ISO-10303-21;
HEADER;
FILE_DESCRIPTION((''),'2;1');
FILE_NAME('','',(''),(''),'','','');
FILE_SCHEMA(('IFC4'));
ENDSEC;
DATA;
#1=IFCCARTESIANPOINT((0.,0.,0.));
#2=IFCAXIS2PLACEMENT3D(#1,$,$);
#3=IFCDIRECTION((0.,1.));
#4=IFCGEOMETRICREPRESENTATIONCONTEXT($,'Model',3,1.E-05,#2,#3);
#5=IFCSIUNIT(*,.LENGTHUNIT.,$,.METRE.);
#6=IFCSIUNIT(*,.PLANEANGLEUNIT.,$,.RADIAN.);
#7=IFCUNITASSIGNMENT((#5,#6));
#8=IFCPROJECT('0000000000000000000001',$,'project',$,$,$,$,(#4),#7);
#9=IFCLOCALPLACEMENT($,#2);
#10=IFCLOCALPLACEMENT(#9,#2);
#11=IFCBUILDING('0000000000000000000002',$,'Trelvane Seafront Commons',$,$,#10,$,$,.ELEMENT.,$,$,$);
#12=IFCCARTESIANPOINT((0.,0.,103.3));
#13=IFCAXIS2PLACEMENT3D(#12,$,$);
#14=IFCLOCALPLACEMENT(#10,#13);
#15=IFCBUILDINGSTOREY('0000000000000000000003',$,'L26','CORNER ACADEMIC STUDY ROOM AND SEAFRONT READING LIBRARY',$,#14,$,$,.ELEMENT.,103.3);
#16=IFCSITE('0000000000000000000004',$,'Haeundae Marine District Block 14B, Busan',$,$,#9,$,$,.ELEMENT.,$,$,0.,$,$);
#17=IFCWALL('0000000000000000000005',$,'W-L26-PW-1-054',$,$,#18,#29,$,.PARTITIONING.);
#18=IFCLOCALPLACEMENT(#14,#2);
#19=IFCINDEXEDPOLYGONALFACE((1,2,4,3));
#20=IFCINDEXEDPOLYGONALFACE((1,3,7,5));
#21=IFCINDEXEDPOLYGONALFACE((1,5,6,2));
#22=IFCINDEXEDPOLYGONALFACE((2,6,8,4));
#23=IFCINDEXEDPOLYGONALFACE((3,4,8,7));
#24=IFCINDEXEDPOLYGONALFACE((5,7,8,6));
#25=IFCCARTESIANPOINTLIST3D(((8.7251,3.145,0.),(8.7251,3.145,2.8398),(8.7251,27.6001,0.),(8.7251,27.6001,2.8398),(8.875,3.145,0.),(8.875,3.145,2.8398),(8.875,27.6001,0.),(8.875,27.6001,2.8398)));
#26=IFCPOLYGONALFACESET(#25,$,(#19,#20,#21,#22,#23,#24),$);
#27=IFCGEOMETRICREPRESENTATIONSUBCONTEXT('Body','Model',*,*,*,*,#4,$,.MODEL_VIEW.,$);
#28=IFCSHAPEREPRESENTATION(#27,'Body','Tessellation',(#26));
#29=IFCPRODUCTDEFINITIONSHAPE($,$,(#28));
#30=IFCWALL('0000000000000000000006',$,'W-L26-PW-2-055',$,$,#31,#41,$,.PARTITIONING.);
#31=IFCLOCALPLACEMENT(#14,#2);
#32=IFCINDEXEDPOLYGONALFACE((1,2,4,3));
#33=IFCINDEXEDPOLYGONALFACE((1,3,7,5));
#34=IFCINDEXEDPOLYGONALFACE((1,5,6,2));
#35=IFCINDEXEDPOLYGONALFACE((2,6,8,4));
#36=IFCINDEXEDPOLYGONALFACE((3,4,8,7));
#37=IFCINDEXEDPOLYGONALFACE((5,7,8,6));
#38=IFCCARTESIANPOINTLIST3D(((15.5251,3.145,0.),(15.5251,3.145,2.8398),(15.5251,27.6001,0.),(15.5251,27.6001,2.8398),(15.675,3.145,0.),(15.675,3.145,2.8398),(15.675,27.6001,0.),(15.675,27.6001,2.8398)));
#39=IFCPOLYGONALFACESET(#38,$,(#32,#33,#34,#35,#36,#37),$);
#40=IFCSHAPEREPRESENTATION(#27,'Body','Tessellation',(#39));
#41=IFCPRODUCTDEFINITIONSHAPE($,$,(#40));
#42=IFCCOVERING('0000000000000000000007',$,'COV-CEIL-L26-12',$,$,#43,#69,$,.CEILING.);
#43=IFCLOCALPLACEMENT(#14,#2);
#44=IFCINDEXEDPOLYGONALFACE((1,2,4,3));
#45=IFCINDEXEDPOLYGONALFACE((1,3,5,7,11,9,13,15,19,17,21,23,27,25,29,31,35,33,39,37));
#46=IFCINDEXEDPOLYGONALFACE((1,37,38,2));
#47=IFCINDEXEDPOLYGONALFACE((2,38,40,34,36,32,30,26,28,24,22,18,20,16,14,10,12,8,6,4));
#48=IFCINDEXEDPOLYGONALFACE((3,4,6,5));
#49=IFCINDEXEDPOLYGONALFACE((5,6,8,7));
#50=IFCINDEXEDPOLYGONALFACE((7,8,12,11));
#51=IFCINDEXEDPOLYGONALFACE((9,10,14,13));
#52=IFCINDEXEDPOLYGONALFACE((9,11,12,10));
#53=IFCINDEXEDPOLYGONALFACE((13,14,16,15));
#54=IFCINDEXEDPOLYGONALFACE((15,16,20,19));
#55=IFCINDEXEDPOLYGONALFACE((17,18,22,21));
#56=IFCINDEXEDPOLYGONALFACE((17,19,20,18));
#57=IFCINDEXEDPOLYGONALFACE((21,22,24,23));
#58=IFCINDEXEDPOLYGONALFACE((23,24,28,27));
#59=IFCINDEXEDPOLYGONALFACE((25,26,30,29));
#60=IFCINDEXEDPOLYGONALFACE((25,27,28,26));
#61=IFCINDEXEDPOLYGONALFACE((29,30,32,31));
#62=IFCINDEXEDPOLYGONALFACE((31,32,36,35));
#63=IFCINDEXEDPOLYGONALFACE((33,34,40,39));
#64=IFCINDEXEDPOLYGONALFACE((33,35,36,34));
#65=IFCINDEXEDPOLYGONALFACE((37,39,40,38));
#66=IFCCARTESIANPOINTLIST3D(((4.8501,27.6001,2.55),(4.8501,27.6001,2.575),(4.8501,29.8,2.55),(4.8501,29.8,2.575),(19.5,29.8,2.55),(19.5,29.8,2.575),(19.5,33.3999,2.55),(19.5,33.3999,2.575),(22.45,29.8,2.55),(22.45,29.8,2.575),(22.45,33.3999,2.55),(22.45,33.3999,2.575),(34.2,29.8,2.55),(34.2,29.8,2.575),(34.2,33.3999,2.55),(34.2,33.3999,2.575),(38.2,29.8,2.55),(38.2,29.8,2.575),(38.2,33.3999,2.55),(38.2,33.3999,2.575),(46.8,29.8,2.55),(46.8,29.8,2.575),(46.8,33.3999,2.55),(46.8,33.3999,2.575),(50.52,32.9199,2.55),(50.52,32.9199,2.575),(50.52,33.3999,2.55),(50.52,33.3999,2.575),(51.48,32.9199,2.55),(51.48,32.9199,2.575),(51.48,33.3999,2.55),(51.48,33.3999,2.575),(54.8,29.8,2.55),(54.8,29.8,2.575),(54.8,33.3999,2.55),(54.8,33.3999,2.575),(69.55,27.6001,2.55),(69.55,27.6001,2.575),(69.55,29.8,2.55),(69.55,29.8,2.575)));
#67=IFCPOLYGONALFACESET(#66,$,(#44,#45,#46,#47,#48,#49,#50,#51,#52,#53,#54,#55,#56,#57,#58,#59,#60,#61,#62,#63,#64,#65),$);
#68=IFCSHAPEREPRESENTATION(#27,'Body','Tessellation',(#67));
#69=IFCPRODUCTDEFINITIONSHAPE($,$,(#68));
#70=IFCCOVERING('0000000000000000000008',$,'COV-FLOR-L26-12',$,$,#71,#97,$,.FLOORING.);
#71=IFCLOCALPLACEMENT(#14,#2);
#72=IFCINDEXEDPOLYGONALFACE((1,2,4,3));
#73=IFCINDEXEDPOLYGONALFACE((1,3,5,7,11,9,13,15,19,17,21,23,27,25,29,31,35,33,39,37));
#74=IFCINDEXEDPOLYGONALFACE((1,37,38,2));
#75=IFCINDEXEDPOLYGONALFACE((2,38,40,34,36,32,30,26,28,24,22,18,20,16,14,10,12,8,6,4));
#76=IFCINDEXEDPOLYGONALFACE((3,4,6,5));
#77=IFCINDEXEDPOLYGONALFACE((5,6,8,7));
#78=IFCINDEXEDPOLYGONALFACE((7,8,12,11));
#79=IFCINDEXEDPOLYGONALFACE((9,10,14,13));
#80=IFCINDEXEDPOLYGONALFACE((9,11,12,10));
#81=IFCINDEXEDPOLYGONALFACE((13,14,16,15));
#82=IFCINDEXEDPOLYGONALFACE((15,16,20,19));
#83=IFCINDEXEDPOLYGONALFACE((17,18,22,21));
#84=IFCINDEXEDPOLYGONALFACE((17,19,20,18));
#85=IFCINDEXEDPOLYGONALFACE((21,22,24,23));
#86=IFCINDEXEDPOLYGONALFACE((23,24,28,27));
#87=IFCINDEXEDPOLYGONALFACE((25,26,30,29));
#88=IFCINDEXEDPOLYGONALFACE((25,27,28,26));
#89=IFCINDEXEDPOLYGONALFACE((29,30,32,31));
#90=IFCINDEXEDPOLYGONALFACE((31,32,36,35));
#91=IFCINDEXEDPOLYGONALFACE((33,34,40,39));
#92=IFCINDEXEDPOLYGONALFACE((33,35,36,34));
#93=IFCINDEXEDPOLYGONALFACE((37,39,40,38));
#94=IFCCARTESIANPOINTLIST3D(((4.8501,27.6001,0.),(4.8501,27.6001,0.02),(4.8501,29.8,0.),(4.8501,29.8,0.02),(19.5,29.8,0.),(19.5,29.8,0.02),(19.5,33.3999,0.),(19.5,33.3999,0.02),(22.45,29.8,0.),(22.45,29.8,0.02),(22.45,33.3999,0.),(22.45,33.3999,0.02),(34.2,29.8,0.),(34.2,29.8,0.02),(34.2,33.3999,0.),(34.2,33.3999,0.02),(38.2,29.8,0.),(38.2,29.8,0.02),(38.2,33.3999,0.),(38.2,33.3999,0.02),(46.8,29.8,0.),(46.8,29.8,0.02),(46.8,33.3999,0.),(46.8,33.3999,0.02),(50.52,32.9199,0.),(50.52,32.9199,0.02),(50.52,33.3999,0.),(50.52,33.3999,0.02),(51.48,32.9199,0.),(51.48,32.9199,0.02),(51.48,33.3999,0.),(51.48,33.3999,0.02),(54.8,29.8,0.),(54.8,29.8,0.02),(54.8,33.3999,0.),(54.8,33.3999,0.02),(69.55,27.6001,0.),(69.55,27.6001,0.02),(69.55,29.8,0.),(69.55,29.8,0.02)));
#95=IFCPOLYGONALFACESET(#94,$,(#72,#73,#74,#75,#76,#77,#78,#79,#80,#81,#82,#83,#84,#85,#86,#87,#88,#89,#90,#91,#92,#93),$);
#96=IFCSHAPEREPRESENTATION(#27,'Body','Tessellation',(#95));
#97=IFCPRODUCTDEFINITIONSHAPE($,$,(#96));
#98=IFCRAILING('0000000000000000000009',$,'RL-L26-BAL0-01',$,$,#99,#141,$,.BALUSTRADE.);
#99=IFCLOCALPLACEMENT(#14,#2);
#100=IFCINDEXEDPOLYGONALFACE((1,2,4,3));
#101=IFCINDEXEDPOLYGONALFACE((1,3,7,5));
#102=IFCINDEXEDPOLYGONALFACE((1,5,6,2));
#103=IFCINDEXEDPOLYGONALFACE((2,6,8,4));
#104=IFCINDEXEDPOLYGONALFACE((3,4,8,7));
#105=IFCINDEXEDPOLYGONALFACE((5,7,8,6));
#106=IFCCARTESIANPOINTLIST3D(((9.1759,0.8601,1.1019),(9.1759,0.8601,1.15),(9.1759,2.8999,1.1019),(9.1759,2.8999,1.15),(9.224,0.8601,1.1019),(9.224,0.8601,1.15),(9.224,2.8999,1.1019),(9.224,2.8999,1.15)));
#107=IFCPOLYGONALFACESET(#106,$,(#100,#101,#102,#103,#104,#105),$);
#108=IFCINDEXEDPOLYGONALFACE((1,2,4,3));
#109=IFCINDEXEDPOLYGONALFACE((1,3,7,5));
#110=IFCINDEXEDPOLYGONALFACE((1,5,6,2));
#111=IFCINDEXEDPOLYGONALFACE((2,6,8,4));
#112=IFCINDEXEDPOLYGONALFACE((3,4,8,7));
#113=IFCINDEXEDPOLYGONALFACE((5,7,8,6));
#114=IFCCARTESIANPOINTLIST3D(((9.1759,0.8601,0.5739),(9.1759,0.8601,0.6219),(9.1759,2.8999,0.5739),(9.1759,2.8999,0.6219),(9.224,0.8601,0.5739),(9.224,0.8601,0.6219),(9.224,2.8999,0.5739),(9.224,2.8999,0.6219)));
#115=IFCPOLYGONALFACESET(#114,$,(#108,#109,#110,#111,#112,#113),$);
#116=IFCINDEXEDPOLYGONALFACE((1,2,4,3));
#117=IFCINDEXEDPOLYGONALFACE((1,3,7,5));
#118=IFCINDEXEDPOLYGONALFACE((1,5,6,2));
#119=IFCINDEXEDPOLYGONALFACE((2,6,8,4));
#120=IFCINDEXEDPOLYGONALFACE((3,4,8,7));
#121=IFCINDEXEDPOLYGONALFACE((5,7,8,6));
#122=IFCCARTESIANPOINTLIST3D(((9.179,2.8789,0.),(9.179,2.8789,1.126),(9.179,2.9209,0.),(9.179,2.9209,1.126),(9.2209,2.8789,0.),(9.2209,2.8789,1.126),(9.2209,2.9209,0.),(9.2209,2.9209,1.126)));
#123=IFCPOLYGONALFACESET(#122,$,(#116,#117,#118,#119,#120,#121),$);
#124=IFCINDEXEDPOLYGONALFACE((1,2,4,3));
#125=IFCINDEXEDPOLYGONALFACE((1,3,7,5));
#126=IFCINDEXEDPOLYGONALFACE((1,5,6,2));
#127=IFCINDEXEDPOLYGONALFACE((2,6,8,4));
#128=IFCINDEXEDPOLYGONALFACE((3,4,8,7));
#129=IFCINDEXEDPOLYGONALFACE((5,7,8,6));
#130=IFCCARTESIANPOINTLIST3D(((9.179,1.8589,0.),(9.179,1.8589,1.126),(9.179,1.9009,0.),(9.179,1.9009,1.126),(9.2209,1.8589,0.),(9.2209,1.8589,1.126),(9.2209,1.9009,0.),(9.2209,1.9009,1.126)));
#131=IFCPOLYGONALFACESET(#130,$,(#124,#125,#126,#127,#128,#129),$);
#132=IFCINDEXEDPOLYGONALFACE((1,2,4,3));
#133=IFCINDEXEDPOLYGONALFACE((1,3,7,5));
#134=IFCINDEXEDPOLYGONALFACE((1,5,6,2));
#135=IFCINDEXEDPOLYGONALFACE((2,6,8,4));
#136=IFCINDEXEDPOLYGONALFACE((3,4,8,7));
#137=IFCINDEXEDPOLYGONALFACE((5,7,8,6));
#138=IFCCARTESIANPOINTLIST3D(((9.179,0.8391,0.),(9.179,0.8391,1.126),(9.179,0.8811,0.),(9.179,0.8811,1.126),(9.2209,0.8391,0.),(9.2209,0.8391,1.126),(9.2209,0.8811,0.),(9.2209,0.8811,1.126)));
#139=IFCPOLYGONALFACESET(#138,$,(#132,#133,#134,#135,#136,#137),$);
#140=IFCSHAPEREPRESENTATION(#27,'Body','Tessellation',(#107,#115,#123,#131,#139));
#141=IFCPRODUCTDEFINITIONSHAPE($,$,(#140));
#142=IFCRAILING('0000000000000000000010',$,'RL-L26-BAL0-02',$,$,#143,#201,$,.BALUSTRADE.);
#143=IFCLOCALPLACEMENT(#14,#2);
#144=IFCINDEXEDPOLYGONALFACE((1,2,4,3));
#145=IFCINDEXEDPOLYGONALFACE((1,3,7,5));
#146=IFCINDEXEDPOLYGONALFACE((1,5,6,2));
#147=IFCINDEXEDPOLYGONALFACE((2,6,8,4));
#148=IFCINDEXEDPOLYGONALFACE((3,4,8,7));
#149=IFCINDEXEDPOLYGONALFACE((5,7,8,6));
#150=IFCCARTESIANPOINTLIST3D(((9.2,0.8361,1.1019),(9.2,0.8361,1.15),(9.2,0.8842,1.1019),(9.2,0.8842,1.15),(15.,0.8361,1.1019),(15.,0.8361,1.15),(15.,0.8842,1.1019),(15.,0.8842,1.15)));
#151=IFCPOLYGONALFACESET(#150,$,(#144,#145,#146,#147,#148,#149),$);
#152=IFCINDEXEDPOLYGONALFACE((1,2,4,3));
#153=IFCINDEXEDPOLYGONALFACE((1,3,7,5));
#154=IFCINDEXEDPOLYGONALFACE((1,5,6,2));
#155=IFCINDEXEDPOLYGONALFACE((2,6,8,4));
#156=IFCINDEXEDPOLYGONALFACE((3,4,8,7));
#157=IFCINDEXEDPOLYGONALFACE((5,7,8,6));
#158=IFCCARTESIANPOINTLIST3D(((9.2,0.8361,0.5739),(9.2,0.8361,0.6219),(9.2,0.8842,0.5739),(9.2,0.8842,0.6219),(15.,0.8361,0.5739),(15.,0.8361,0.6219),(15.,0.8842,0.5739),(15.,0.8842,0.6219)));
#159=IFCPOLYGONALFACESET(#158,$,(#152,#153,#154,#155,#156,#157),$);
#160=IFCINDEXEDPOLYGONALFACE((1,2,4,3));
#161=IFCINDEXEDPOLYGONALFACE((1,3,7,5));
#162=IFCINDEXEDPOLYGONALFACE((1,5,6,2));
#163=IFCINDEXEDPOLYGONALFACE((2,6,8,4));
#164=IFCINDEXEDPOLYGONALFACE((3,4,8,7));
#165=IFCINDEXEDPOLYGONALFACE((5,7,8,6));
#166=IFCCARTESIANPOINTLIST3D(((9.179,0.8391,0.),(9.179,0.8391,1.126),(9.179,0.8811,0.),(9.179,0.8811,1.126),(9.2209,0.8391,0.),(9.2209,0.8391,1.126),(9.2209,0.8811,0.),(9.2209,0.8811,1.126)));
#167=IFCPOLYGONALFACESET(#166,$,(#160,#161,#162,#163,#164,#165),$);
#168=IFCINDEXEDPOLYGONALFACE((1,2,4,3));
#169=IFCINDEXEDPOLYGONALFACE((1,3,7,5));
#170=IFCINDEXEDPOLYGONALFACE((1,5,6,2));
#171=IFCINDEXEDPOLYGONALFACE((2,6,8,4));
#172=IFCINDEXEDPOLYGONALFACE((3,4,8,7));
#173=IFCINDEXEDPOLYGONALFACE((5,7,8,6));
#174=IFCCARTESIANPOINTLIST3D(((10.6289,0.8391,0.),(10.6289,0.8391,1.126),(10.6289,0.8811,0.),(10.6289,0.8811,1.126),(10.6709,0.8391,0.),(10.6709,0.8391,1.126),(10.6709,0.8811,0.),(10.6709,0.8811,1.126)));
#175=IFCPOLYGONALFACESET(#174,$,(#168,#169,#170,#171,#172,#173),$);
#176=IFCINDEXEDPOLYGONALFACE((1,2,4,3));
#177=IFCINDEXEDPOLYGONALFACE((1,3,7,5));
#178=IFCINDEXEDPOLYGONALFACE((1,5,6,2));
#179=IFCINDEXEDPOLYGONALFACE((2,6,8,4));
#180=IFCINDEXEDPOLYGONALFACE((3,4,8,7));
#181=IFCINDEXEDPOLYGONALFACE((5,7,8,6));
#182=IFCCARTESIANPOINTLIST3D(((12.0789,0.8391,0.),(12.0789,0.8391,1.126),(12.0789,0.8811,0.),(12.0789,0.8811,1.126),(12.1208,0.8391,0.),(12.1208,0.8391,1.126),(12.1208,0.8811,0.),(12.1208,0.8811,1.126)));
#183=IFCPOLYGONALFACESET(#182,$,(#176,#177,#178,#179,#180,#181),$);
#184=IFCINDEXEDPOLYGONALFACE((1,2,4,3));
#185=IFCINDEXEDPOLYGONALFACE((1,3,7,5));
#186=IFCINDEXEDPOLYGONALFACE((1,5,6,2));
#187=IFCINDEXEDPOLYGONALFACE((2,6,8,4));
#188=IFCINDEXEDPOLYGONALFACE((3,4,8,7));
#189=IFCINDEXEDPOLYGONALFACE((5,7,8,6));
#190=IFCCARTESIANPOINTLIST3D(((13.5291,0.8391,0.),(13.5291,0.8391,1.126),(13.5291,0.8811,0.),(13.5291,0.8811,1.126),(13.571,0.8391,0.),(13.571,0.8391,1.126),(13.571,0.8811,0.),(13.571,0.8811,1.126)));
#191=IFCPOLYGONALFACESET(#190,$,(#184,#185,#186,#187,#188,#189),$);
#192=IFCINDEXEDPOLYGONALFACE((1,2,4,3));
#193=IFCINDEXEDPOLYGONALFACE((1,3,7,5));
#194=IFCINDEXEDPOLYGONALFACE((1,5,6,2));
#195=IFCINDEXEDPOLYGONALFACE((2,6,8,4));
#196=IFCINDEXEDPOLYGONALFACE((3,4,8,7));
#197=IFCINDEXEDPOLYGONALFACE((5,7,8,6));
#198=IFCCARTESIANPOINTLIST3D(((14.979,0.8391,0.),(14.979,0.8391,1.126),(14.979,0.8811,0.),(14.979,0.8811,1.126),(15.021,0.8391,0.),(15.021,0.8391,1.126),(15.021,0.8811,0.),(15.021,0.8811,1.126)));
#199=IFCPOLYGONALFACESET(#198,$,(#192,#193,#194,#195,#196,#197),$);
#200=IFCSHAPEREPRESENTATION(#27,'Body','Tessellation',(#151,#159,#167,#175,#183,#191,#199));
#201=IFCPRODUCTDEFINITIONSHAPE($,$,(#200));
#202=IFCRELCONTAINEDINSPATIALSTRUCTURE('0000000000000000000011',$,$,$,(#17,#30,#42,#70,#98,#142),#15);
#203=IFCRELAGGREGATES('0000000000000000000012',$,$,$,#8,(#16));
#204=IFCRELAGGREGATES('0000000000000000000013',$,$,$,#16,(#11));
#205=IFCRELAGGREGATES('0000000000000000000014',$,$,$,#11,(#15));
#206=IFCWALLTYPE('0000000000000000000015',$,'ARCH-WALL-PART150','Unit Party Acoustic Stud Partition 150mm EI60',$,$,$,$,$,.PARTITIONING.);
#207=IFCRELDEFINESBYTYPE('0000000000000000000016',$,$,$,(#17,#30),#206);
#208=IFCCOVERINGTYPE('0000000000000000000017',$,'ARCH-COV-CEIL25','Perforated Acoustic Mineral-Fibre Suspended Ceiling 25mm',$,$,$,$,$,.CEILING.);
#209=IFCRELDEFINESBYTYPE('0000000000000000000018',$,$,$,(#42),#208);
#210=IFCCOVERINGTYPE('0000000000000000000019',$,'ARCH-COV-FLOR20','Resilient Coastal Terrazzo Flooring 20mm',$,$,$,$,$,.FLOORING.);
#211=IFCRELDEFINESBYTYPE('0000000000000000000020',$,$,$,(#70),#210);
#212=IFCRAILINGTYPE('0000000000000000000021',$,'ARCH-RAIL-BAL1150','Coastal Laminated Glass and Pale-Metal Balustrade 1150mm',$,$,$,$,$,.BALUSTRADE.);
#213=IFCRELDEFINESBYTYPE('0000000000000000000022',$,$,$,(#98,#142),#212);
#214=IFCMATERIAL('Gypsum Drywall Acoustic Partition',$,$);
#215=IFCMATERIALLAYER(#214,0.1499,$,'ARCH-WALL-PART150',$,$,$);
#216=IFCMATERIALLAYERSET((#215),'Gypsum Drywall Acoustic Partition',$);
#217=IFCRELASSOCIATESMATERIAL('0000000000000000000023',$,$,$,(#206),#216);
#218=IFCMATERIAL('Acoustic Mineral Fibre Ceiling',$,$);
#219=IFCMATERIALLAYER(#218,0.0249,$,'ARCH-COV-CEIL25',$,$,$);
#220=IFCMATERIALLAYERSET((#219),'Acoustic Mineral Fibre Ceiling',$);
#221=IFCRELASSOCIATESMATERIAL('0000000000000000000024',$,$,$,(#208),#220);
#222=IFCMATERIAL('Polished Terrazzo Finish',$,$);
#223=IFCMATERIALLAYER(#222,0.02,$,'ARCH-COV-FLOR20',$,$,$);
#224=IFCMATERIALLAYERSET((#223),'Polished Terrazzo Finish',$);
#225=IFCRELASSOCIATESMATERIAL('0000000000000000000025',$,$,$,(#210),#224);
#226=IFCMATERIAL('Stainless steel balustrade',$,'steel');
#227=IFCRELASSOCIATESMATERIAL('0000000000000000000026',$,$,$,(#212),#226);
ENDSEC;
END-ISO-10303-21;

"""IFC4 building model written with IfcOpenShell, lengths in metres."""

from ifc_helpers import new_model, si_unit, direction, frame, frame_2d, origin, origin_2d, place, context, subcontext, project, spatial, polyline, rectangle, outline, extrude, material, layer, layer_set, type_object, element, save


model = new_model("IFC4")

# Units and contexts
model_context = context("Model", 3, precision=1e-05, world=origin(), true_north=direction((0.0, 1.0)))
body_context = subcontext(model_context, "Body", "Model", "MODEL_VIEW")
ifc_project = project(units=[si_unit("LENGTHUNIT", "METRE"), si_unit("PLANEANGLEUNIT", "RADIAN")], contexts=[model_context])

# Site, building, storey
site_placement = place(None, origin())
site = spatial("IfcSite", under=ifc_project, at=site_placement, Name="Haeundae Marine District Block 14B, Busan", CompositionType="ELEMENT", RefElevation=0.0)
building_placement = place(site_placement, origin())
building = spatial("IfcBuilding", under=site, at=building_placement, Name="Trelvane Seafront Commons", CompositionType="ELEMENT")
storey_placement = place(building_placement, frame((0.0, 0.0, 103.3)))
storey = spatial("IfcBuildingStorey", under=building, at=storey_placement, Name="L26", Description="CORNER ACADEMIC STUDY ROOM AND SEAFRONT READING LIBRARY", CompositionType="ELEMENT", Elevation=103.3)

# Walls
ifc_material_1 = material(Name="Gypsum Drywall Acoustic Partition")
ifc_layer_1 = layer(ifc_material_1, 0.1499, Name="ARCH-WALL-PART150")
ifc_layer_set_1 = layer_set([ifc_layer_1], Name="Gypsum Drywall Acoustic Partition")
wall_type_1 = type_object("IfcWallType", Name="ARCH-WALL-PART150", Description="Unit Party Acoustic Stud Partition 150mm EI60", PredefinedType="PARTITIONING", material=ifc_layer_set_1)
for number, where, z_axis, x_axis, name in (
    (1, (8.8, 3.145, 0.0), (0.0, 0.0, 1.0), (0.0, 1.0, 0.0), "W-L26-PW-1-054"),
    (2, (15.6001, 3.145, 0.0), (0.0, 0.0, 1.0), (0.0, 1.0, 0.0), "W-L26-PW-2-055"),
):
    element("IfcWall", number, at=place(storey_placement, frame(where, z_axis=z_axis, x_axis=x_axis)), inside=storey, type_object=wall_type_1, Name=name, PredefinedType="PARTITIONING", context=body_context, shape_type="SweptSolid", body=[
        extrude(rectangle(XDim=24.4551, YDim=0.1499, at=frame_2d((12.2275, 0.0))), origin(), (0.0, 0.0, 1.0), 2.8398),
    ])

# Coverings
ifc_material_2 = material(Name="Acoustic Mineral Fibre Ceiling")
ifc_layer_2 = layer(ifc_material_2, 0.0249, Name="ARCH-COV-CEIL25")
ifc_layer_set_2 = layer_set([ifc_layer_2], Name="Acoustic Mineral Fibre Ceiling")
covering_type_1 = type_object("IfcCoveringType", Name="ARCH-COV-CEIL25", Description="Perforated Acoustic Mineral-Fibre Suspended Ceiling 25mm", PredefinedType="CEILING", material=ifc_layer_set_2)
covering_1_placement = place(storey_placement, frame((0.0, 0.0, 2.55)))
element("IfcCovering", 3, at=covering_1_placement, inside=storey, type_object=covering_type_1, Name="COV-CEIL-L26-12", PredefinedType="CEILING", context=body_context, shape_type="SweptSolid", body=[
    extrude(outline(polyline([(51.48, 33.3999), (51.48, 32.9199), (50.52, 32.9199), (50.52, 33.3999), (46.8, 33.3999), (46.8, 29.8), (38.2, 29.8), (38.2, 33.3999), (34.2, 33.3999), (34.2, 29.8), (22.45, 29.8), (22.45, 33.3999), (19.5, 33.3999), (19.5, 29.8), (4.8501, 29.8), (4.8501, 27.6001), (69.55, 27.6001), (69.55, 29.8), (54.8, 29.8), (54.8, 33.3999), (51.48, 33.3999)])), origin(), (0.0, 0.0, 1.0), 0.0249),
])
ifc_material_3 = material(Name="Polished Terrazzo Finish")
ifc_layer_3 = layer(ifc_material_3, 0.02, Name="ARCH-COV-FLOR20")
ifc_layer_set_3 = layer_set([ifc_layer_3], Name="Polished Terrazzo Finish")
covering_type_2 = type_object("IfcCoveringType", Name="ARCH-COV-FLOR20", Description="Resilient Coastal Terrazzo Flooring 20mm", PredefinedType="FLOORING", material=ifc_layer_set_3)
covering_2_placement = place(storey_placement, origin())
element("IfcCovering", 4, at=covering_2_placement, inside=storey, type_object=covering_type_2, Name="COV-FLOR-L26-12", PredefinedType="FLOORING", context=body_context, shape_type="SweptSolid", body=[
    extrude(outline(polyline([(51.48, 33.3999), (51.48, 32.9199), (50.52, 32.9199), (50.52, 33.3999), (46.8, 33.3999), (46.8, 29.8), (38.2, 29.8), (38.2, 33.3999), (34.2, 33.3999), (34.2, 29.8), (22.45, 29.8), (22.45, 33.3999), (19.5, 33.3999), (19.5, 29.8), (4.8501, 29.8), (4.8501, 27.6001), (69.55, 27.6001), (69.55, 29.8), (54.8, 29.8), (54.8, 33.3999), (51.48, 33.3999)])), origin(), (0.0, 0.0, 1.0), 0.02),
])

# Railings
ifc_material_4 = material(Name="Stainless steel balustrade", Category="steel")
railing_type = type_object("IfcRailingType", Name="ARCH-RAIL-BAL1150", Description="Coastal Laminated Glass and Pale-Metal Balustrade 1150mm", PredefinedType="BALUSTRADE", material=ifc_material_4)
railing_1_placement = place(storey_placement, frame((9.2, 2.8999, 0.0)))
element("IfcRailing", 5, at=railing_1_placement, inside=storey, type_object=railing_type, Name="RL-L26-BAL0-01", PredefinedType="BALUSTRADE", context=body_context, shape_type="SweptSolid", body=[
    extrude(rectangle(XDim=0.0481, YDim=0.0481, at=origin_2d()), frame((0.0, 0.0, 1.126), z_axis=(0.0, -1.0, 0.0), x_axis=(1.0, 0.0, 0.0)), (0.0, 0.0, 1.0), 2.0398),
    extrude(rectangle(XDim=0.0481, YDim=0.0481, at=origin_2d()), frame((0.0, 0.0, 0.5979), z_axis=(0.0, -1.0, 0.0), x_axis=(1.0, 0.0, 0.0)), (0.0, 0.0, 1.0), 2.0398),
    extrude(rectangle(XDim=0.042, YDim=0.042, at=origin_2d()), origin(), (0.0, 0.0, 1.0), 1.126),
    extrude(rectangle(XDim=0.042, YDim=0.042, at=origin_2d()), frame((0.0, -1.02, 0.0)), (0.0, 0.0, 1.0), 1.126),
    extrude(rectangle(XDim=0.042, YDim=0.042, at=origin_2d()), frame((0.0, -2.0398, 0.0)), (0.0, 0.0, 1.0), 1.126),
])
railing_2_placement = place(storey_placement, frame((9.2, 0.8601, 0.0)))
element("IfcRailing", 6, at=railing_2_placement, inside=storey, type_object=railing_type, Name="RL-L26-BAL0-02", PredefinedType="BALUSTRADE", context=body_context, shape_type="SweptSolid", body=[
    extrude(rectangle(XDim=0.0481, YDim=0.0481, at=origin_2d()), frame((0.0, 0.0, 1.126), z_axis=(1.0, 0.0, 0.0), x_axis=(0.0, 1.0, 0.0)), (0.0, 0.0, 1.0), 5.8),
    extrude(rectangle(XDim=0.0481, YDim=0.0481, at=origin_2d()), frame((0.0, 0.0, 0.5979), z_axis=(1.0, 0.0, 0.0), x_axis=(0.0, 1.0, 0.0)), (0.0, 0.0, 1.0), 5.8),
    extrude(rectangle(XDim=0.042, YDim=0.042, at=origin_2d()), origin(), (0.0, 0.0, 1.0), 1.126),
    extrude(rectangle(XDim=0.042, YDim=0.042, at=origin_2d()), frame((1.45, 0.0, 0.0)), (0.0, 0.0, 1.0), 1.126),
    extrude(rectangle(XDim=0.042, YDim=0.042, at=origin_2d()), frame((2.8999, 0.0, 0.0)), (0.0, 0.0, 1.0), 1.126),
    extrude(rectangle(XDim=0.042, YDim=0.042, at=origin_2d()), frame((4.3501, 0.0, 0.0)), (0.0, 0.0, 1.0), 1.126),
    extrude(rectangle(XDim=0.042, YDim=0.042, at=origin_2d()), frame((5.8, 0.0, 0.0)), (0.0, 0.0, 1.0), 1.126),
])

save(model, "model.ifc")
